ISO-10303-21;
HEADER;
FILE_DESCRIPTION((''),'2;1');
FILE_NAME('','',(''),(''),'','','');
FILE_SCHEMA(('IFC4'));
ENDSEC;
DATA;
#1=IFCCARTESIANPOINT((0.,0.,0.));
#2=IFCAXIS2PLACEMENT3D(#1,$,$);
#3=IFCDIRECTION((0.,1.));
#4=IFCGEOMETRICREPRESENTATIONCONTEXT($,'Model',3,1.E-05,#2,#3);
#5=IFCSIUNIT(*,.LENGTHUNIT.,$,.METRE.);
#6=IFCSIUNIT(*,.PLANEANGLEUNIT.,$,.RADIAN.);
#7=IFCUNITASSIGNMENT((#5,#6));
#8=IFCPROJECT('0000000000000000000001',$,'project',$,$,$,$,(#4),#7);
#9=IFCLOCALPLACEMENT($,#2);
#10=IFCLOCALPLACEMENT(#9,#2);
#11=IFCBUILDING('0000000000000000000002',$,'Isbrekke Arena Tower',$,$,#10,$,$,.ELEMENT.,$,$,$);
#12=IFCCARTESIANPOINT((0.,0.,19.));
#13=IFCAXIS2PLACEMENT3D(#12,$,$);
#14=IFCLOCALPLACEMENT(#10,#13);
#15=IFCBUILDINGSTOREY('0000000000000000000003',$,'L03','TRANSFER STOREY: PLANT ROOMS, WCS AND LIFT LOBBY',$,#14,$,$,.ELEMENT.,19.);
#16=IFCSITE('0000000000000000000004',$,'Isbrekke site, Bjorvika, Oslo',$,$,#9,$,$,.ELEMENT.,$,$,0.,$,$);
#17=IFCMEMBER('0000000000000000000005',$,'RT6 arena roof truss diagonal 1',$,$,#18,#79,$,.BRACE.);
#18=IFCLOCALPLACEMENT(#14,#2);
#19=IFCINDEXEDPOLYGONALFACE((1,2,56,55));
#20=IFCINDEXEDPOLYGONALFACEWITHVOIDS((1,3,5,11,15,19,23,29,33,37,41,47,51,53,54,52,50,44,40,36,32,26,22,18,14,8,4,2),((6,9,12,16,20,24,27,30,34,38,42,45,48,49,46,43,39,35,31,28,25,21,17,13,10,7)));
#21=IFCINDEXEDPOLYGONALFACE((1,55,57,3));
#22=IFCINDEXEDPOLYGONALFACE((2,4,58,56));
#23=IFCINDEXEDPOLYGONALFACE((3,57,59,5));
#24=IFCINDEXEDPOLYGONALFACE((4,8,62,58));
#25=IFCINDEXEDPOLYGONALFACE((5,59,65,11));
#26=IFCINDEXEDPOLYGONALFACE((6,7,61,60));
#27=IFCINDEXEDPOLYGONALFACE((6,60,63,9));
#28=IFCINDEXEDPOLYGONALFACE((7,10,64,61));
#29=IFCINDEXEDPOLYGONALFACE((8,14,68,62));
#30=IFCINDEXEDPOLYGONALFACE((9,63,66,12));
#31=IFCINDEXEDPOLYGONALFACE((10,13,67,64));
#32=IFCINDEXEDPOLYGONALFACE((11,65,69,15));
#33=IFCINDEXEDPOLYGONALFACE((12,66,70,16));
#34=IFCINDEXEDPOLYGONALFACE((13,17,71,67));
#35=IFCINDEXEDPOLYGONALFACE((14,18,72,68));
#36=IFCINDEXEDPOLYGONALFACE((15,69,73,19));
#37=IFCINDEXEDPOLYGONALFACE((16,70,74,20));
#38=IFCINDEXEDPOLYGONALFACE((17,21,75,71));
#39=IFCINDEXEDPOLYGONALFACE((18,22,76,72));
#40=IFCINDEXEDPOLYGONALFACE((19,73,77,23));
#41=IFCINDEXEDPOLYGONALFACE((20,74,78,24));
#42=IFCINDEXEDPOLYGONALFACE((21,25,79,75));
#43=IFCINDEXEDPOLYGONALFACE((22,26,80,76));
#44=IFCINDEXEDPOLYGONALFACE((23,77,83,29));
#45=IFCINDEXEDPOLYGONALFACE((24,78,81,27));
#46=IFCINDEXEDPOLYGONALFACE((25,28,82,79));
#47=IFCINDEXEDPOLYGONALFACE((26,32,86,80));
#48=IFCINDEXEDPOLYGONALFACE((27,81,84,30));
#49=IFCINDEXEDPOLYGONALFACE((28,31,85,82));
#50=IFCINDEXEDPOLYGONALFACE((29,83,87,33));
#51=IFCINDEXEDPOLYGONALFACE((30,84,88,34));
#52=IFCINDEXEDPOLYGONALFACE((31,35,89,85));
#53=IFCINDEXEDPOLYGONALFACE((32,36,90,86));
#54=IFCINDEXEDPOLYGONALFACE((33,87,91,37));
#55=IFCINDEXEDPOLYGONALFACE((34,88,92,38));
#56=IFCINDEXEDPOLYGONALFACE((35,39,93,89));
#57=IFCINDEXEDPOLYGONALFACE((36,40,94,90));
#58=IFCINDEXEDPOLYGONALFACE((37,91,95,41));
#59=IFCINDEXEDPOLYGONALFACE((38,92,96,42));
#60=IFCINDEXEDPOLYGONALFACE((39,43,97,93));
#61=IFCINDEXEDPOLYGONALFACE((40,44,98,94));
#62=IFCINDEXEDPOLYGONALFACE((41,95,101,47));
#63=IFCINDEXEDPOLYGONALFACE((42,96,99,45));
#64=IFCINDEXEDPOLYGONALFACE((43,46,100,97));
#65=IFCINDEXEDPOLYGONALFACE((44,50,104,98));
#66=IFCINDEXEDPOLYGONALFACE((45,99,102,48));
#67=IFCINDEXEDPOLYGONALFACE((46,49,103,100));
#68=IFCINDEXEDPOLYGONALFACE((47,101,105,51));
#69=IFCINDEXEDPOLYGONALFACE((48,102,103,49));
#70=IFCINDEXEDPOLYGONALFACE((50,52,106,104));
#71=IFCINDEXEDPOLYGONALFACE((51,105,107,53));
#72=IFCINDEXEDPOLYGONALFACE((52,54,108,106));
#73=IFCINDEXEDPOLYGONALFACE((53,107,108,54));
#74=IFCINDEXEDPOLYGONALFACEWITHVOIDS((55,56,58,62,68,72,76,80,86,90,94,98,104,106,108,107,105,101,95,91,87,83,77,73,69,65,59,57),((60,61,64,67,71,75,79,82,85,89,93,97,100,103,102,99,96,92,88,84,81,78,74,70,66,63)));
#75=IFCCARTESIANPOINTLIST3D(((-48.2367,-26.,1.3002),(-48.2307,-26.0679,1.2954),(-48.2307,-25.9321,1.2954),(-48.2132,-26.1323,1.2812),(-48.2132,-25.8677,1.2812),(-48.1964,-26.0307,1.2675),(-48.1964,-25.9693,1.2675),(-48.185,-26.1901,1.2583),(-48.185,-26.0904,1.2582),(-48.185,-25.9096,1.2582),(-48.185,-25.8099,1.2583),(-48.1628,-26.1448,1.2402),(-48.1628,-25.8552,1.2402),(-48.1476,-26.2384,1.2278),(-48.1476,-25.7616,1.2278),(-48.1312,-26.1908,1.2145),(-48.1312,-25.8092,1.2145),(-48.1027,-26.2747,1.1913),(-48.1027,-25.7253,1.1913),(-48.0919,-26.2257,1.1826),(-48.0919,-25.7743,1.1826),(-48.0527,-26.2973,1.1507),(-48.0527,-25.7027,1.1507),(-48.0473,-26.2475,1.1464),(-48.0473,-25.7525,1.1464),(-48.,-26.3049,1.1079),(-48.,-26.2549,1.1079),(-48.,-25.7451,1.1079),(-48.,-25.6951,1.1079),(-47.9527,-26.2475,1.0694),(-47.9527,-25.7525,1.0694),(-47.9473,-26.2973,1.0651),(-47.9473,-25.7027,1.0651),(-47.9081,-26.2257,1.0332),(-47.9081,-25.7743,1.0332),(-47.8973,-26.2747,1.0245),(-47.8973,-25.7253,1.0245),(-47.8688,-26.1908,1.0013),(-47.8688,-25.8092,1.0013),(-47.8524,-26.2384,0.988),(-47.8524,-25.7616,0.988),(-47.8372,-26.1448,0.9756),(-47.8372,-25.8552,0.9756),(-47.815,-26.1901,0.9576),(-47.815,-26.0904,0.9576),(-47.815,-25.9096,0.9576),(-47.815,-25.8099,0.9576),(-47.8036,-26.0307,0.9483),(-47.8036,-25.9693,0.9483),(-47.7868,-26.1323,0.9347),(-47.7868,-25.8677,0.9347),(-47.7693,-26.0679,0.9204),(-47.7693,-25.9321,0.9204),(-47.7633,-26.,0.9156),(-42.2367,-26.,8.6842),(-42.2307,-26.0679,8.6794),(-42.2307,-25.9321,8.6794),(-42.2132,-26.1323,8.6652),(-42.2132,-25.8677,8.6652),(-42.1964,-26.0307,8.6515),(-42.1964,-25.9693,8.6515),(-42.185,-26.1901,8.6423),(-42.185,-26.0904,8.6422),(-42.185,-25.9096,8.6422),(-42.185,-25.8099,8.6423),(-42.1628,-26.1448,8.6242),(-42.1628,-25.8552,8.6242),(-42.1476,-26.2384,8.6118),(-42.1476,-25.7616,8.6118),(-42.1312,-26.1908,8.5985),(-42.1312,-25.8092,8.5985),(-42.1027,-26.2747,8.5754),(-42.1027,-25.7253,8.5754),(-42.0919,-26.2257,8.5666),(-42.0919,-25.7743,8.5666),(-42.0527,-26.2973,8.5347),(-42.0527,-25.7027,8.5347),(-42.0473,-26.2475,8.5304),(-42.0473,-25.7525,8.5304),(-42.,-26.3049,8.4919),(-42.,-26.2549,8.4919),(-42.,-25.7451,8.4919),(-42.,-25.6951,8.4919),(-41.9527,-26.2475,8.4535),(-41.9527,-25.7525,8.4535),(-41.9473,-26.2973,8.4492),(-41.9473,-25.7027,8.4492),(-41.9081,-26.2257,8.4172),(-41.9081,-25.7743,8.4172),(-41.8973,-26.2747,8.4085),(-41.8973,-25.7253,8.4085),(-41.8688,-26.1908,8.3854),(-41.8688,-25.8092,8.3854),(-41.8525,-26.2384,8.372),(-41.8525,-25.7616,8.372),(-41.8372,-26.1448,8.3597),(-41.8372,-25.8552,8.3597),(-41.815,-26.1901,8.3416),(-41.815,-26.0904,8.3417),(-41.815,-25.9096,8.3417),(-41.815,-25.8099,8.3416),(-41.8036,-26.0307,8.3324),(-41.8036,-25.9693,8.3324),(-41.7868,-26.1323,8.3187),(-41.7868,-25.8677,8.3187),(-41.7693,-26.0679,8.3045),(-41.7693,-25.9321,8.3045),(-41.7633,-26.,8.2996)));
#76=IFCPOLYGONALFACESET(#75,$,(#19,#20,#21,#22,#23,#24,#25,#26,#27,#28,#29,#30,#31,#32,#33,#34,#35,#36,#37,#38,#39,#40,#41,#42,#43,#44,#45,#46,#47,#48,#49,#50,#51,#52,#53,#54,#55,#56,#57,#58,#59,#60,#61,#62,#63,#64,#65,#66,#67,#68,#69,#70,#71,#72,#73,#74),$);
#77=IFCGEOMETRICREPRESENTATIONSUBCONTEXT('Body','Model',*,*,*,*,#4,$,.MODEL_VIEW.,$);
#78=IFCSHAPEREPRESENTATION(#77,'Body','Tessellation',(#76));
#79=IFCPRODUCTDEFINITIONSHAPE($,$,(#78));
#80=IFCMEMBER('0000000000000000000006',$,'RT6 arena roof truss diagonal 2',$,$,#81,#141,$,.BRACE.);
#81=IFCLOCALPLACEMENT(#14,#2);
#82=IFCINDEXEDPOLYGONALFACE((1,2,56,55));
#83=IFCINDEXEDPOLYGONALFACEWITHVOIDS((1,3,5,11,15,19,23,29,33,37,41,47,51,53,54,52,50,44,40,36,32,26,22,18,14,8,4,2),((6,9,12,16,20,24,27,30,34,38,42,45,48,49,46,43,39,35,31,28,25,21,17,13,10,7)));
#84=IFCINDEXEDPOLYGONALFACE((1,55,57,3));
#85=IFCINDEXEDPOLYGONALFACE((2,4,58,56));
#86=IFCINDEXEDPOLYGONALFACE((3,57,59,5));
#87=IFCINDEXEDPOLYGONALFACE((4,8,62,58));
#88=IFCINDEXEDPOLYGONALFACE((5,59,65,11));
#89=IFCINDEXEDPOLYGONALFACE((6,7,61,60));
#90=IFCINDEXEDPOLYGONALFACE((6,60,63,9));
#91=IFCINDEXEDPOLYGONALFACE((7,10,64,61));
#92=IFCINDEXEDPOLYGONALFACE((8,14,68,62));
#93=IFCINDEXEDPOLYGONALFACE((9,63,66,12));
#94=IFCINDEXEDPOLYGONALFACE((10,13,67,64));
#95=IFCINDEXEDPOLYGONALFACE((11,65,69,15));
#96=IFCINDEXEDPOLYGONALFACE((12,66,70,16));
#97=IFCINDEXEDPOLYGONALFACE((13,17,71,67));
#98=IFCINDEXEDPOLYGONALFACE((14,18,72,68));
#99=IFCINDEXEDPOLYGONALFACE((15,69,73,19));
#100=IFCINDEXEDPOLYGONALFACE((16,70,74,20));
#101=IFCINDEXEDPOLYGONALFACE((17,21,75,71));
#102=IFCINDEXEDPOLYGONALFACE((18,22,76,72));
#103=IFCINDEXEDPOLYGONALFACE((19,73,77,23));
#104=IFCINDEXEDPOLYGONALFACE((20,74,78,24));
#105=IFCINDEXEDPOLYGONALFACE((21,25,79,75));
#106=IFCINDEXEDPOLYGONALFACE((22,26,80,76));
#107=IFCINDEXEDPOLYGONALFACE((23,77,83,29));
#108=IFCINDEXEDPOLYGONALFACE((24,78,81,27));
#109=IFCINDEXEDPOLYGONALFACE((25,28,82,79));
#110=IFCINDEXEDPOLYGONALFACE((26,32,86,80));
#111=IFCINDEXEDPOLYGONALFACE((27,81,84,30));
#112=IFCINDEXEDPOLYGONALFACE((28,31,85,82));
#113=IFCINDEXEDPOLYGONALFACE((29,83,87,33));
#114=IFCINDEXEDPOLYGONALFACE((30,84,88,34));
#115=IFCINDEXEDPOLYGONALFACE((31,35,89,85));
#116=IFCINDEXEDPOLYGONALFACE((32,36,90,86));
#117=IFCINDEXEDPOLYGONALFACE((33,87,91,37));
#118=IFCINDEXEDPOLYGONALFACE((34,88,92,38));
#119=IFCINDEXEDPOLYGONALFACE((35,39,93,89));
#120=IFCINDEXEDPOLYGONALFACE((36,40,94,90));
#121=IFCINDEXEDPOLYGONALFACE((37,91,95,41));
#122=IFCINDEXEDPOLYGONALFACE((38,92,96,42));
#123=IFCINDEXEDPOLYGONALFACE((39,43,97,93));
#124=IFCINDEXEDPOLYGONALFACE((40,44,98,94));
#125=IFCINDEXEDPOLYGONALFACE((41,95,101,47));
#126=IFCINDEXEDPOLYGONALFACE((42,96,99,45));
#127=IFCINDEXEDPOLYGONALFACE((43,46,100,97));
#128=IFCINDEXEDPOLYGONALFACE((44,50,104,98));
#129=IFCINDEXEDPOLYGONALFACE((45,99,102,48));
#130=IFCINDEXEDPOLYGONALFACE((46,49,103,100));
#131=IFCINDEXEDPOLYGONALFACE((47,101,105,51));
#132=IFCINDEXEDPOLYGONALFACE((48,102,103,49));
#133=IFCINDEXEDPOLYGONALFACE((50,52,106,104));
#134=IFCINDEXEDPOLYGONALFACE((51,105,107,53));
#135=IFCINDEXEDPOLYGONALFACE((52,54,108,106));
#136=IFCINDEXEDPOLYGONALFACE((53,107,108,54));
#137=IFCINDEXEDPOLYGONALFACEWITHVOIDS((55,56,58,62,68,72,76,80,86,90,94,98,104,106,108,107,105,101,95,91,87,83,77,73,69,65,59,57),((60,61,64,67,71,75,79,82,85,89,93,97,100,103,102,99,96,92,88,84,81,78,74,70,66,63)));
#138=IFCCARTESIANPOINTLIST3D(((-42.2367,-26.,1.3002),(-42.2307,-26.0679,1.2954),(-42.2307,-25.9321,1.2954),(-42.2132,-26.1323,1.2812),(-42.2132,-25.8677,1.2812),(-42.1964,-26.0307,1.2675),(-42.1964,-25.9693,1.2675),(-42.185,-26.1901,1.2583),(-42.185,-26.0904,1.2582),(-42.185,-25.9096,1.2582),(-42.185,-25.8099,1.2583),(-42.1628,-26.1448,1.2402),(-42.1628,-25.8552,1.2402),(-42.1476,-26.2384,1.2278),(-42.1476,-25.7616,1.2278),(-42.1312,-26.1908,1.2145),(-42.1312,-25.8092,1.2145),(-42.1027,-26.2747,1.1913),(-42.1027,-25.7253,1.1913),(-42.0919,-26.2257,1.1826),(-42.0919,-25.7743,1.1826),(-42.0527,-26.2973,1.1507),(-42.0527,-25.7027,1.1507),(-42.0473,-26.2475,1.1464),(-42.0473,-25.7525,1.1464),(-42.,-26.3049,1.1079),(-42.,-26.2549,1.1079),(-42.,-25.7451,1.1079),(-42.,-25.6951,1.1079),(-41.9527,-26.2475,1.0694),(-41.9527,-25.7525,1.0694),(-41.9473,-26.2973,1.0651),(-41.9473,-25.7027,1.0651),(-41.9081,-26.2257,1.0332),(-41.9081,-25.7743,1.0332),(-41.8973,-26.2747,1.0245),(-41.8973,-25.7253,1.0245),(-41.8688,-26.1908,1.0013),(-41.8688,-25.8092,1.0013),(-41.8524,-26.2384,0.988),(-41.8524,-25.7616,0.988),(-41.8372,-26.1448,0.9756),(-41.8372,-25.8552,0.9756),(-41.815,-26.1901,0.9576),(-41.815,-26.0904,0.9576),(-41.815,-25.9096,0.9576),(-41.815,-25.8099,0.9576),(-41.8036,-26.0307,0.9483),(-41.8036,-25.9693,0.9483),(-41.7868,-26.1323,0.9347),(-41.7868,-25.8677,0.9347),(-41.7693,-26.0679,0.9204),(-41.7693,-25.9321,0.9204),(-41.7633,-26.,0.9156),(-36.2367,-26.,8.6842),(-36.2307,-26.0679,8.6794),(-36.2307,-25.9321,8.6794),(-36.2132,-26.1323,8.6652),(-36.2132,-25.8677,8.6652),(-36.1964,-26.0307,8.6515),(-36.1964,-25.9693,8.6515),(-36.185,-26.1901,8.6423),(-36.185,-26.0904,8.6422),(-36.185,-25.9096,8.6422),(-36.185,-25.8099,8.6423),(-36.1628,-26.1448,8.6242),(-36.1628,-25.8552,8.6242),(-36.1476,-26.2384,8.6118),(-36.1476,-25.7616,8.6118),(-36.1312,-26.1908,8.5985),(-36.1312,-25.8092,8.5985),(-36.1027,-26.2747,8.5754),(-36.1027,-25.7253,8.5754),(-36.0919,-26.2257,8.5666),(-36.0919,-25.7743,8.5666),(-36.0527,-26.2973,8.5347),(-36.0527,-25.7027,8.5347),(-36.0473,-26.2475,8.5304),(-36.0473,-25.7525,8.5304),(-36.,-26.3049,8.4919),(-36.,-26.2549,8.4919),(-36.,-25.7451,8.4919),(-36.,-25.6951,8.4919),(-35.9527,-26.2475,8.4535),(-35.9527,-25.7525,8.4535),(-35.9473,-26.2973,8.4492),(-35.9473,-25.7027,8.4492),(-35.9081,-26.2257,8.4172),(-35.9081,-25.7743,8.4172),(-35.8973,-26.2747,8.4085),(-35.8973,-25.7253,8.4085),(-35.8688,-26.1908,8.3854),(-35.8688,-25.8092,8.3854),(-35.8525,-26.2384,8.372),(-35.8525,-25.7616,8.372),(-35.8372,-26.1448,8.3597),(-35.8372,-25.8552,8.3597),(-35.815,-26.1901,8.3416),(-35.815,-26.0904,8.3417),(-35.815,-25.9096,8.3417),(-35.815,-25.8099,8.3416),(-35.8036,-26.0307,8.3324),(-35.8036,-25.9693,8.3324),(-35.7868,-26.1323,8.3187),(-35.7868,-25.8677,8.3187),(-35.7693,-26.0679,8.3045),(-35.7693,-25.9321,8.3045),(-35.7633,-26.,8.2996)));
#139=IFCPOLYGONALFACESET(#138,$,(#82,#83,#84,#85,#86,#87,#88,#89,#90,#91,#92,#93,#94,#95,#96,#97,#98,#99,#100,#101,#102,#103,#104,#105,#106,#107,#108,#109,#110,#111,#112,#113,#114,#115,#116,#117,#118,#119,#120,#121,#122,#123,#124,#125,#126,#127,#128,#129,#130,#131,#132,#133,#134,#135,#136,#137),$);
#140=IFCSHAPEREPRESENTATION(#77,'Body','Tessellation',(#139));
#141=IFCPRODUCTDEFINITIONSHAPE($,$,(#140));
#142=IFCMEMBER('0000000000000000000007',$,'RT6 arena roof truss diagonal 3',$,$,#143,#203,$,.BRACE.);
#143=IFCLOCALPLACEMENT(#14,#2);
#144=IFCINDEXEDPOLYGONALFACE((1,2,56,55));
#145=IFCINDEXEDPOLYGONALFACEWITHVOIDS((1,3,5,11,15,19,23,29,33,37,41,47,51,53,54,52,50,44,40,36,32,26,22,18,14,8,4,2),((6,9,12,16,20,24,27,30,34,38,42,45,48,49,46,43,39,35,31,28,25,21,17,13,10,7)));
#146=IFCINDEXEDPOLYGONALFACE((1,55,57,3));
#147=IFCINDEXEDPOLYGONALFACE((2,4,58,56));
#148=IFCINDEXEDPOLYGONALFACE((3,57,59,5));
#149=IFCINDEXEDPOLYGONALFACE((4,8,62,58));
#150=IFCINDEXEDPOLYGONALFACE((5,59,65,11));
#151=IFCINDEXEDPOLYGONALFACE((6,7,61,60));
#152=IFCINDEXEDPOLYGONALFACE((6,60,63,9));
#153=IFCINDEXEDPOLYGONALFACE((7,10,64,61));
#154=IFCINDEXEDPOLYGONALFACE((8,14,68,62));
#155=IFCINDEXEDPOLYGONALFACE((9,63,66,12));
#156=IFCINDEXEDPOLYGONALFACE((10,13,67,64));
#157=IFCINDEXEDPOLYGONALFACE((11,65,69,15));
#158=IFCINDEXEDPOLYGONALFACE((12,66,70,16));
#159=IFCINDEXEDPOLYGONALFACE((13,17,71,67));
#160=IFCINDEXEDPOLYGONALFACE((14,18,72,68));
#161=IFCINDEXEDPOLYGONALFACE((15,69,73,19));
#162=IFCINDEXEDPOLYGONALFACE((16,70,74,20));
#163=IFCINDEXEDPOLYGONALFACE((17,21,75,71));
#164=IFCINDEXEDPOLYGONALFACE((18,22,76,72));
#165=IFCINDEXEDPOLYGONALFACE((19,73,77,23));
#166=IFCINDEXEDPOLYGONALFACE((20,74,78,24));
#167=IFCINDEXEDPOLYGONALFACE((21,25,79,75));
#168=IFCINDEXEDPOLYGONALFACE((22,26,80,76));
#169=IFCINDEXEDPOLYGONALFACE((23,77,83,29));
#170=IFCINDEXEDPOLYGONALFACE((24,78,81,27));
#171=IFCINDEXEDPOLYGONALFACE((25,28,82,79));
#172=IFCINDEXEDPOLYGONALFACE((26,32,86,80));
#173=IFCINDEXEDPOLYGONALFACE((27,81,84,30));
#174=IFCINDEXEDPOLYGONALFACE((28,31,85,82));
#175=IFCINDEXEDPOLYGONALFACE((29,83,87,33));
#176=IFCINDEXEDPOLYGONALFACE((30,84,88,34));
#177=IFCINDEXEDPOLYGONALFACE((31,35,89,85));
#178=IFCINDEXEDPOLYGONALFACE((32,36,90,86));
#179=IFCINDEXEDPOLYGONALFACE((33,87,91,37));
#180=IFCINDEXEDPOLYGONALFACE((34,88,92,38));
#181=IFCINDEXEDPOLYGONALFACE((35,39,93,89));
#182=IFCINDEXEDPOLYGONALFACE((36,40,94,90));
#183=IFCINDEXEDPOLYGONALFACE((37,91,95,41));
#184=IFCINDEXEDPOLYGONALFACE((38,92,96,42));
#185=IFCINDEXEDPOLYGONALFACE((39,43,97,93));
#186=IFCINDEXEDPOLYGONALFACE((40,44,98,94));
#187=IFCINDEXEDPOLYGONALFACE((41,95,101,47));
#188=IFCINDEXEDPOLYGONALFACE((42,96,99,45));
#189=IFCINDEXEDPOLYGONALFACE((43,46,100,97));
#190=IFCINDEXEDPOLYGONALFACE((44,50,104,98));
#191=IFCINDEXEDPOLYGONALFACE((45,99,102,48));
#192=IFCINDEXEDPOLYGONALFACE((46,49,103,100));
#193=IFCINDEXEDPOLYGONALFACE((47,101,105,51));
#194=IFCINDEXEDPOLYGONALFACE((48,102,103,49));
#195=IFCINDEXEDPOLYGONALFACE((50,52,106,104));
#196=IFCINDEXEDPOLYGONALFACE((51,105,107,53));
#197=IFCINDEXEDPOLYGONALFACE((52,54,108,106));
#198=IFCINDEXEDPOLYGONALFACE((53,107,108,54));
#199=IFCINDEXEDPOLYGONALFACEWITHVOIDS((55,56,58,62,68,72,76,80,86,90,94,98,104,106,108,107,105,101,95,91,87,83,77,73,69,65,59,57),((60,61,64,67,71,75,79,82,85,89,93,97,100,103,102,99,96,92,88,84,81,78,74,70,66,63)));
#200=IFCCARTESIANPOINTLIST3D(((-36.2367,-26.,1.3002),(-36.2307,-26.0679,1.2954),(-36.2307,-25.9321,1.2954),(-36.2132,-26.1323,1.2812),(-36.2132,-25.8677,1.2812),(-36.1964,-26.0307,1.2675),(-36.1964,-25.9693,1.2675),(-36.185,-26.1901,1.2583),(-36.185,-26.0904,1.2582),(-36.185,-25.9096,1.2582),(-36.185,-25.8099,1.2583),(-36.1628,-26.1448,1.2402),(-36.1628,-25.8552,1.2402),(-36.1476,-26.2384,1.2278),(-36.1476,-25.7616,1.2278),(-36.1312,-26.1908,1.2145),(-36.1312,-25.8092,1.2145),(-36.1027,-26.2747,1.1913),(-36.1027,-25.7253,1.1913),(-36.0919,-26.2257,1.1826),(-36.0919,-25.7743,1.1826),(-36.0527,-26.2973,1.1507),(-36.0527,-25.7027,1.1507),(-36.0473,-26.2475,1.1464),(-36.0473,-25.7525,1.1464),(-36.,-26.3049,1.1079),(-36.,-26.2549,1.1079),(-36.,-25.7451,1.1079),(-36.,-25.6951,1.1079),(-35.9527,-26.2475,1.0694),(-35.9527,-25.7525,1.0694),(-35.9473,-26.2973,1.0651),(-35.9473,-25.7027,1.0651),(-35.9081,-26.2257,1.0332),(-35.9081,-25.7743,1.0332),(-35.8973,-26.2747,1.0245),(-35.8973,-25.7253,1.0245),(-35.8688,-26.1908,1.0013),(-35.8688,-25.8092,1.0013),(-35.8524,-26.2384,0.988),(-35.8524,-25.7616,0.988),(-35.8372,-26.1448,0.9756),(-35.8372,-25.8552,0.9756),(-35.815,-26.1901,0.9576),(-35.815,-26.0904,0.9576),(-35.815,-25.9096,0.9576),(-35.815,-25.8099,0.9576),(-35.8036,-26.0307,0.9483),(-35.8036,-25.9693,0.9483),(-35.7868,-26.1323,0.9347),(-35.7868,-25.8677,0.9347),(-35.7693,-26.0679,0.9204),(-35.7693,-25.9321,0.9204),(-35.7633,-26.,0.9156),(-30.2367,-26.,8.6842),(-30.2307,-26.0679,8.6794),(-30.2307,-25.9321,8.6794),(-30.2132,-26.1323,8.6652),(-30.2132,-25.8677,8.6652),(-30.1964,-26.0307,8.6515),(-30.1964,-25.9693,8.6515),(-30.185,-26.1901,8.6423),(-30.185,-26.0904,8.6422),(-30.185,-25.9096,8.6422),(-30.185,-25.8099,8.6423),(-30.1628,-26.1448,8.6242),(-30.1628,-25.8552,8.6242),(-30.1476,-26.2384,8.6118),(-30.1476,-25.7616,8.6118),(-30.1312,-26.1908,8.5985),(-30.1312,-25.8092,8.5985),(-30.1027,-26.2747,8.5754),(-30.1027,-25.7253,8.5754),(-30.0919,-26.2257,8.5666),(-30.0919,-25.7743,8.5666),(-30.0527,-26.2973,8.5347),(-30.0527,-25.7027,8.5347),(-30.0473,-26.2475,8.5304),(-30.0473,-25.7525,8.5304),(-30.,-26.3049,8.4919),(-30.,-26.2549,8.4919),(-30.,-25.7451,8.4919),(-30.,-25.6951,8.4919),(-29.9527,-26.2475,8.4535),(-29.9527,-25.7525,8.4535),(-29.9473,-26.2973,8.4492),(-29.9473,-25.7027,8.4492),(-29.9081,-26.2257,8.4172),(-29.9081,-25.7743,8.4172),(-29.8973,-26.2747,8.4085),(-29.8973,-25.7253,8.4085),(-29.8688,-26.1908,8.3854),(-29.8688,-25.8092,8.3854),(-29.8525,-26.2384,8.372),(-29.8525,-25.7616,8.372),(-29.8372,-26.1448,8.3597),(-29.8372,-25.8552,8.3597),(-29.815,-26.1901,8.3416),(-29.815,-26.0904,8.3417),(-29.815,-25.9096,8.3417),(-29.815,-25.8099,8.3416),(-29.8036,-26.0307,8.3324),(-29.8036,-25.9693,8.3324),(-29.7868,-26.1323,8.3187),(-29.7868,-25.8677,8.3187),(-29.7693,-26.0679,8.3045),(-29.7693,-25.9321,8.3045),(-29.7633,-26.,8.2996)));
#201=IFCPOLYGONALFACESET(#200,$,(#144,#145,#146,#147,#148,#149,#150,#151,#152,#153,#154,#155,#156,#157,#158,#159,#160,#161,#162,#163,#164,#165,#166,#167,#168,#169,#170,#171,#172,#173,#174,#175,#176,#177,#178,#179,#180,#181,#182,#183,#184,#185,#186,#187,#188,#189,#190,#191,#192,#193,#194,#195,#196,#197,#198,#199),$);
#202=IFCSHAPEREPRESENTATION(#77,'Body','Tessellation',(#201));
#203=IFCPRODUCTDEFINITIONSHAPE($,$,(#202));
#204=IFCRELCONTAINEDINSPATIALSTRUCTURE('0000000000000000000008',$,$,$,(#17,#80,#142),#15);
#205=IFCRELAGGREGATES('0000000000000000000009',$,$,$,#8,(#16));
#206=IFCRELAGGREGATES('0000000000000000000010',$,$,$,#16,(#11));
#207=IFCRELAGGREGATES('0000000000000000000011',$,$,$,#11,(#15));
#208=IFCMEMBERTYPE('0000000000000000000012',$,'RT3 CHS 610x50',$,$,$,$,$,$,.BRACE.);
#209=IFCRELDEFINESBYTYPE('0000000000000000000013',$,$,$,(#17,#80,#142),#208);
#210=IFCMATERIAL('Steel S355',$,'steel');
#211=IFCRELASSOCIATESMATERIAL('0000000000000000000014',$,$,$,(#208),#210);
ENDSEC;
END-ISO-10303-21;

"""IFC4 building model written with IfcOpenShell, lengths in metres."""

from ifc_helpers import new_model, si_unit, direction, frame, origin, origin_2d, place, context, subcontext, project, spatial, hollow_circle, extrude, material, material_profile, profile_set, type_object, element, save


model = new_model("IFC4")

# Units and contexts
model_context = context("Model", 3, precision=1e-05, world=origin(), true_north=direction((0.0, 1.0)))
body_context = subcontext(model_context, "Body", "Model", "MODEL_VIEW")
ifc_project = project(units=[si_unit("LENGTHUNIT", "METRE"), si_unit("PLANEANGLEUNIT", "RADIAN")], contexts=[model_context])

# Site, building, storey
site_placement = place(None, origin())
site = spatial("IfcSite", under=ifc_project, at=site_placement, Name="Isbrekke site, Bjorvika, Oslo", CompositionType="ELEMENT", RefElevation=0.0)
building_placement = place(site_placement, origin())
building = spatial("IfcBuilding", under=site, at=building_placement, Name="Isbrekke Arena Tower", CompositionType="ELEMENT")
storey_placement = place(building_placement, frame((0.0, 0.0, 19.0)))
storey = spatial("IfcBuildingStorey", under=building, at=storey_placement, Name="L03", Description="TRANSFER STOREY: PLANT ROOMS, WCS AND LIFT LOBBY", CompositionType="ELEMENT", Elevation=19.0)

# Members
ifc_material_1 = material(Name="Steel S355", Category="steel")
ifc_material_profile_1 = material_profile(ifc_material_1, hollow_circle(Radius=0.3049, WallThickness=0.05, at=origin_2d()), Name="CHS 610x50")
ifc_profile_set_1 = profile_set([ifc_material_profile_1], Name="Steel S355")
member_type_1 = type_object("IfcMemberType", Name="RT3 CHS 610x50", PredefinedType="BRACE", material=ifc_profile_set_1)
for number, where, z_axis, x_axis, name in (
    (1, (-48.0, -26.0, 1.1079), (0.630623, 0.0, 0.77609), (0.0, 1.0, 0.0), "RT6 arena roof truss diagonal 1"),
    (2, (-42.0, -26.0, 1.1079), (0.630623, 0.0, 0.77609), (0.0, 1.0, 0.0), "RT6 arena roof truss diagonal 2"),
    (3, (-36.0, -26.0, 1.1079), (0.630623, 0.0, 0.77609), (0.0, 1.0, 0.0), "RT6 arena roof truss diagonal 3"),
):
    element("IfcMember", number, at=place(storey_placement, frame(where, z_axis=z_axis, x_axis=x_axis)), inside=storey, type_object=member_type_1, Name=name, PredefinedType="BRACE", context=body_context, shape_type="SweptSolid", body=[
        extrude(hollow_circle(Radius=0.3049, WallThickness=0.05, at=origin_2d()), origin(), (0.0, 0.0, 1.0), 9.5144),
    ])

save(model, "model.ifc")
